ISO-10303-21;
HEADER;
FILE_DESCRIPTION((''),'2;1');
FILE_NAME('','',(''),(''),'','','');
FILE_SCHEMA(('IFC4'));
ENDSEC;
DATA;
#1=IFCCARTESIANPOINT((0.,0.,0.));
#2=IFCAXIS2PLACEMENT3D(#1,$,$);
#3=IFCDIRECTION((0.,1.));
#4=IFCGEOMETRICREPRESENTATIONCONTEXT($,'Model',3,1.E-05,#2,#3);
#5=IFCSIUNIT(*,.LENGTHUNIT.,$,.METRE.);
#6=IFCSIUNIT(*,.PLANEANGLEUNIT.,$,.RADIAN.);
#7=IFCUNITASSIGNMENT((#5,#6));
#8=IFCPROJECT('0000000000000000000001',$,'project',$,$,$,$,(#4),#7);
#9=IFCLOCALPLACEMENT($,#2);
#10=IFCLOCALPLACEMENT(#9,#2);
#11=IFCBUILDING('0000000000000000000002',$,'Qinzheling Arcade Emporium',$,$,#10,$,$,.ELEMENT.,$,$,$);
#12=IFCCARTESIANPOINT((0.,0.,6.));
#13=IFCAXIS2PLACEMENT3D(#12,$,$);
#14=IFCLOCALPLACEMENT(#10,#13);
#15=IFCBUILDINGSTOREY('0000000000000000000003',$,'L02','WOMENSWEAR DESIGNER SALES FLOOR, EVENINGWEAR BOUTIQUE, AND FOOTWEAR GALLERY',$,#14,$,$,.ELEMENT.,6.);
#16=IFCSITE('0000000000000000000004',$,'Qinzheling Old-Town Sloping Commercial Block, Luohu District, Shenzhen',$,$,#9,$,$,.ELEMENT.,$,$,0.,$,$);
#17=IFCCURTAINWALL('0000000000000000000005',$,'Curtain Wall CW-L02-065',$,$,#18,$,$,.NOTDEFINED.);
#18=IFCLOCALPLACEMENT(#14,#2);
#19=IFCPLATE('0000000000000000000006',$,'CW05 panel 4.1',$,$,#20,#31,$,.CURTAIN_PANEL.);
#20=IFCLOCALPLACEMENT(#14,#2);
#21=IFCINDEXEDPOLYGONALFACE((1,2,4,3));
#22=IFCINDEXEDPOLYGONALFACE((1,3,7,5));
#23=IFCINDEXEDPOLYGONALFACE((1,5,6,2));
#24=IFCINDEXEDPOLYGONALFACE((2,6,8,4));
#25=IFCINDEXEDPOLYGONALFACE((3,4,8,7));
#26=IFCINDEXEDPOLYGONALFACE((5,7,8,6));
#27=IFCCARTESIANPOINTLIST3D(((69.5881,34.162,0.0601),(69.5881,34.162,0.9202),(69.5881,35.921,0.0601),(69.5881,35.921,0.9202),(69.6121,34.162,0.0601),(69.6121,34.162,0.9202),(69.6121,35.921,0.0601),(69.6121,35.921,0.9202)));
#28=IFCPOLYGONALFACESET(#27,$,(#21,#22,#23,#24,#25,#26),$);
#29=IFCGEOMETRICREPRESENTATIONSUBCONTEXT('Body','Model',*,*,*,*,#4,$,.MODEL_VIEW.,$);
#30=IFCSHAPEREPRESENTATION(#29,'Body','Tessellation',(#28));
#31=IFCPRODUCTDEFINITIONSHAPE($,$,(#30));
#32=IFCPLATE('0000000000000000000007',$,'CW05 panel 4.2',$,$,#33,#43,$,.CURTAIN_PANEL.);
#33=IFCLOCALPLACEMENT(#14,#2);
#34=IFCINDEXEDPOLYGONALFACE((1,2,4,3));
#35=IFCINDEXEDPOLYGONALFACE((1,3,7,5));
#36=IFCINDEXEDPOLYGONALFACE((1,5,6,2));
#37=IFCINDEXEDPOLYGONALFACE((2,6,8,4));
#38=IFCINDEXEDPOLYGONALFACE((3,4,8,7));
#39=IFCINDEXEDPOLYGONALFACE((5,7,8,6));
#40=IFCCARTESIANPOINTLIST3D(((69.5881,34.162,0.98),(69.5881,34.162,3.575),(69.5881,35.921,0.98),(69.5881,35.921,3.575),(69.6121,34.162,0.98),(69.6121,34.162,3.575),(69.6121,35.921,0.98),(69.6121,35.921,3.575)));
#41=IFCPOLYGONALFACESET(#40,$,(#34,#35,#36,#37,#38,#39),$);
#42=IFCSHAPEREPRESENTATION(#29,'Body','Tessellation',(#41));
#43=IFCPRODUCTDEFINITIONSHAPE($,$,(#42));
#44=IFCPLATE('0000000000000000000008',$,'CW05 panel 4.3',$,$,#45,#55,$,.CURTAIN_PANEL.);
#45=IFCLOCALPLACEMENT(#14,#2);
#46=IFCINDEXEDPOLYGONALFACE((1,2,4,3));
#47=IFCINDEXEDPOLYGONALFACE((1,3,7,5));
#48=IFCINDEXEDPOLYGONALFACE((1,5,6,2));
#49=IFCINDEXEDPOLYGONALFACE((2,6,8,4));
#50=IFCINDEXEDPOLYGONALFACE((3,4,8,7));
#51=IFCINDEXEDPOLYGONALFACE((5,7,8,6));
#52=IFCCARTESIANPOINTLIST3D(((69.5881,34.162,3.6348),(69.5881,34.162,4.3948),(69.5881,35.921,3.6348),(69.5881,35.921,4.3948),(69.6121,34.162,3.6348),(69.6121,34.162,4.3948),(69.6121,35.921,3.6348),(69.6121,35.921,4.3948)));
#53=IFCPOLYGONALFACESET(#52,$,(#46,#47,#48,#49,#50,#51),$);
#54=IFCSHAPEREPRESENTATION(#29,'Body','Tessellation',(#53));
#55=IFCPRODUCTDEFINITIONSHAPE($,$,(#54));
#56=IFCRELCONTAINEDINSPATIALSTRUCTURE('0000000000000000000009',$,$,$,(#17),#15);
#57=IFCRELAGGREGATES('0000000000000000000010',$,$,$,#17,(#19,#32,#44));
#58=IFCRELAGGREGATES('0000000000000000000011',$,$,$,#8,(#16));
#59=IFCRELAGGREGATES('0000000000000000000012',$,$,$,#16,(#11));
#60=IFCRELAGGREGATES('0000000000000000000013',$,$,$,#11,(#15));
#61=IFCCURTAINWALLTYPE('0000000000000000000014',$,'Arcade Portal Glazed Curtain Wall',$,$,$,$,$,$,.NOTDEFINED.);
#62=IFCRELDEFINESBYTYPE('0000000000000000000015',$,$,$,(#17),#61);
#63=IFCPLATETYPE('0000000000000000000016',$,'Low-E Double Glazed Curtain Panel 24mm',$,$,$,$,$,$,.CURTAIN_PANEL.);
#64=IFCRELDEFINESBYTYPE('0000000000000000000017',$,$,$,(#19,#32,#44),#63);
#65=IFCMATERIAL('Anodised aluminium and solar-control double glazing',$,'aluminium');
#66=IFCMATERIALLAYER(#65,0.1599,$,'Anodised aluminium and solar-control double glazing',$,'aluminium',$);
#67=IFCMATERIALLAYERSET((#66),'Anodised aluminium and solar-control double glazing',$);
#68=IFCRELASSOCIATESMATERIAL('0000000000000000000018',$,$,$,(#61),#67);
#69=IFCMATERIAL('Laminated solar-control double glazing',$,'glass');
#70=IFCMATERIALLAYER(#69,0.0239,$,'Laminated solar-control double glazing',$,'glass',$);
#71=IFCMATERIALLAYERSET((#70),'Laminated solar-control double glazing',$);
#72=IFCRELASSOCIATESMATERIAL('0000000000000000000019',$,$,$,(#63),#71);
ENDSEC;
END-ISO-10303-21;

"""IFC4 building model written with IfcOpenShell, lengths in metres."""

from ifc_helpers import new_model, si_unit, direction, frame, origin, origin_2d, place, context, subcontext, project, spatial, rectangle, extrude, material, layer, layer_set, type_object, element, aggregate, save


model = new_model("IFC4")

# Units and contexts
model_context = context("Model", 3, precision=1e-05, world=origin(), true_north=direction((0.0, 1.0)))
body_context = subcontext(model_context, "Body", "Model", "MODEL_VIEW")
ifc_project = project(units=[si_unit("LENGTHUNIT", "METRE"), si_unit("PLANEANGLEUNIT", "RADIAN")], contexts=[model_context])

# Site, building, storey
site_placement = place(None, origin())
site = spatial("IfcSite", under=ifc_project, at=site_placement, Name="Qinzheling Old-Town Sloping Commercial Block, Luohu District, Shenzhen", CompositionType="ELEMENT", RefElevation=0.0)
building_placement = place(site_placement, origin())
building = spatial("IfcBuilding", under=site, at=building_placement, Name="Qinzheling Arcade Emporium", CompositionType="ELEMENT")
storey_placement = place(building_placement, frame((0.0, 0.0, 6.0)))
storey = spatial("IfcBuildingStorey", under=building, at=storey_placement, Name="L02", Description="WOMENSWEAR DESIGNER SALES FLOOR, EVENINGWEAR BOUTIQUE, AND FOOTWEAR GALLERY", CompositionType="ELEMENT", Elevation=6.0)

# Curtain wall
ifc_material_1 = material(Name="Anodised aluminium and solar-control double glazing", Category="aluminium")
ifc_layer_1 = layer(ifc_material_1, 0.1599, Name="Anodised aluminium and solar-control double glazing", Category="aluminium")
ifc_layer_set_1 = layer_set([ifc_layer_1], Name="Anodised aluminium and solar-control double glazing")
curtain_wall_type = type_object("IfcCurtainWallType", Name="Arcade Portal Glazed Curtain Wall", PredefinedType="NOTDEFINED", material=ifc_layer_set_1)
curtain_wall_1_placement = place(storey_placement, origin())
curtain_wall_1 = element("IfcCurtainWall", 1, at=curtain_wall_1_placement, inside=storey, type_object=curtain_wall_type, Name="Curtain Wall CW-L02-065", PredefinedType="NOTDEFINED")

# Plates
ifc_material_2 = material(Name="Laminated solar-control double glazing", Category="glass")
ifc_layer_2 = layer(ifc_material_2, 0.0239, Name="Laminated solar-control double glazing", Category="glass")
ifc_layer_set_2 = layer_set([ifc_layer_2], Name="Laminated solar-control double glazing")
plate_type = type_object("IfcPlateType", Name="Low-E Double Glazed Curtain Panel 24mm", PredefinedType="CURTAIN_PANEL", material=ifc_layer_set_2)
plate_1_placement = place(storey_placement, frame((69.6001, 35.0415, 0.0601), z_axis=(0.0, 0.0, 1.0), x_axis=(0.0, -1.0, 0.0)))
plate_1 = element("IfcPlate", 2, at=plate_1_placement, type_object=plate_type, Name="CW05 panel 4.1", PredefinedType="CURTAIN_PANEL", context=body_context, shape_type="SweptSolid", body=[
    extrude(rectangle(XDim=1.759, YDim=0.0239, at=origin_2d()), origin(), (0.0, 0.0, 1.0), 0.8601),
])
plate_2_placement = place(storey_placement, frame((69.6001, 35.0415, 0.98), z_axis=(0.0, 0.0, 1.0), x_axis=(0.0, -1.0, 0.0)))
plate_2 = element("IfcPlate", 3, at=plate_2_placement, type_object=plate_type, Name="CW05 panel 4.2", PredefinedType="CURTAIN_PANEL", context=body_context, shape_type="SweptSolid", body=[
    extrude(rectangle(XDim=1.759, YDim=0.0239, at=origin_2d()), origin(), (0.0, 0.0, 1.0), 2.595),
])
plate_3_placement = place(storey_placement, frame((69.6001, 35.0415, 3.6348), z_axis=(0.0, 0.0, 1.0), x_axis=(0.0, -1.0, 0.0)))
plate_3 = element("IfcPlate", 4, at=plate_3_placement, type_object=plate_type, Name="CW05 panel 4.3", PredefinedType="CURTAIN_PANEL", context=body_context, shape_type="SweptSolid", body=[
    extrude(rectangle(XDim=1.759, YDim=0.0239, at=origin_2d()), origin(), (0.0, 0.0, 1.0), 0.76),
])
aggregate(curtain_wall_1, [plate_1, plate_2, plate_3])

save(model, "model.ifc")
